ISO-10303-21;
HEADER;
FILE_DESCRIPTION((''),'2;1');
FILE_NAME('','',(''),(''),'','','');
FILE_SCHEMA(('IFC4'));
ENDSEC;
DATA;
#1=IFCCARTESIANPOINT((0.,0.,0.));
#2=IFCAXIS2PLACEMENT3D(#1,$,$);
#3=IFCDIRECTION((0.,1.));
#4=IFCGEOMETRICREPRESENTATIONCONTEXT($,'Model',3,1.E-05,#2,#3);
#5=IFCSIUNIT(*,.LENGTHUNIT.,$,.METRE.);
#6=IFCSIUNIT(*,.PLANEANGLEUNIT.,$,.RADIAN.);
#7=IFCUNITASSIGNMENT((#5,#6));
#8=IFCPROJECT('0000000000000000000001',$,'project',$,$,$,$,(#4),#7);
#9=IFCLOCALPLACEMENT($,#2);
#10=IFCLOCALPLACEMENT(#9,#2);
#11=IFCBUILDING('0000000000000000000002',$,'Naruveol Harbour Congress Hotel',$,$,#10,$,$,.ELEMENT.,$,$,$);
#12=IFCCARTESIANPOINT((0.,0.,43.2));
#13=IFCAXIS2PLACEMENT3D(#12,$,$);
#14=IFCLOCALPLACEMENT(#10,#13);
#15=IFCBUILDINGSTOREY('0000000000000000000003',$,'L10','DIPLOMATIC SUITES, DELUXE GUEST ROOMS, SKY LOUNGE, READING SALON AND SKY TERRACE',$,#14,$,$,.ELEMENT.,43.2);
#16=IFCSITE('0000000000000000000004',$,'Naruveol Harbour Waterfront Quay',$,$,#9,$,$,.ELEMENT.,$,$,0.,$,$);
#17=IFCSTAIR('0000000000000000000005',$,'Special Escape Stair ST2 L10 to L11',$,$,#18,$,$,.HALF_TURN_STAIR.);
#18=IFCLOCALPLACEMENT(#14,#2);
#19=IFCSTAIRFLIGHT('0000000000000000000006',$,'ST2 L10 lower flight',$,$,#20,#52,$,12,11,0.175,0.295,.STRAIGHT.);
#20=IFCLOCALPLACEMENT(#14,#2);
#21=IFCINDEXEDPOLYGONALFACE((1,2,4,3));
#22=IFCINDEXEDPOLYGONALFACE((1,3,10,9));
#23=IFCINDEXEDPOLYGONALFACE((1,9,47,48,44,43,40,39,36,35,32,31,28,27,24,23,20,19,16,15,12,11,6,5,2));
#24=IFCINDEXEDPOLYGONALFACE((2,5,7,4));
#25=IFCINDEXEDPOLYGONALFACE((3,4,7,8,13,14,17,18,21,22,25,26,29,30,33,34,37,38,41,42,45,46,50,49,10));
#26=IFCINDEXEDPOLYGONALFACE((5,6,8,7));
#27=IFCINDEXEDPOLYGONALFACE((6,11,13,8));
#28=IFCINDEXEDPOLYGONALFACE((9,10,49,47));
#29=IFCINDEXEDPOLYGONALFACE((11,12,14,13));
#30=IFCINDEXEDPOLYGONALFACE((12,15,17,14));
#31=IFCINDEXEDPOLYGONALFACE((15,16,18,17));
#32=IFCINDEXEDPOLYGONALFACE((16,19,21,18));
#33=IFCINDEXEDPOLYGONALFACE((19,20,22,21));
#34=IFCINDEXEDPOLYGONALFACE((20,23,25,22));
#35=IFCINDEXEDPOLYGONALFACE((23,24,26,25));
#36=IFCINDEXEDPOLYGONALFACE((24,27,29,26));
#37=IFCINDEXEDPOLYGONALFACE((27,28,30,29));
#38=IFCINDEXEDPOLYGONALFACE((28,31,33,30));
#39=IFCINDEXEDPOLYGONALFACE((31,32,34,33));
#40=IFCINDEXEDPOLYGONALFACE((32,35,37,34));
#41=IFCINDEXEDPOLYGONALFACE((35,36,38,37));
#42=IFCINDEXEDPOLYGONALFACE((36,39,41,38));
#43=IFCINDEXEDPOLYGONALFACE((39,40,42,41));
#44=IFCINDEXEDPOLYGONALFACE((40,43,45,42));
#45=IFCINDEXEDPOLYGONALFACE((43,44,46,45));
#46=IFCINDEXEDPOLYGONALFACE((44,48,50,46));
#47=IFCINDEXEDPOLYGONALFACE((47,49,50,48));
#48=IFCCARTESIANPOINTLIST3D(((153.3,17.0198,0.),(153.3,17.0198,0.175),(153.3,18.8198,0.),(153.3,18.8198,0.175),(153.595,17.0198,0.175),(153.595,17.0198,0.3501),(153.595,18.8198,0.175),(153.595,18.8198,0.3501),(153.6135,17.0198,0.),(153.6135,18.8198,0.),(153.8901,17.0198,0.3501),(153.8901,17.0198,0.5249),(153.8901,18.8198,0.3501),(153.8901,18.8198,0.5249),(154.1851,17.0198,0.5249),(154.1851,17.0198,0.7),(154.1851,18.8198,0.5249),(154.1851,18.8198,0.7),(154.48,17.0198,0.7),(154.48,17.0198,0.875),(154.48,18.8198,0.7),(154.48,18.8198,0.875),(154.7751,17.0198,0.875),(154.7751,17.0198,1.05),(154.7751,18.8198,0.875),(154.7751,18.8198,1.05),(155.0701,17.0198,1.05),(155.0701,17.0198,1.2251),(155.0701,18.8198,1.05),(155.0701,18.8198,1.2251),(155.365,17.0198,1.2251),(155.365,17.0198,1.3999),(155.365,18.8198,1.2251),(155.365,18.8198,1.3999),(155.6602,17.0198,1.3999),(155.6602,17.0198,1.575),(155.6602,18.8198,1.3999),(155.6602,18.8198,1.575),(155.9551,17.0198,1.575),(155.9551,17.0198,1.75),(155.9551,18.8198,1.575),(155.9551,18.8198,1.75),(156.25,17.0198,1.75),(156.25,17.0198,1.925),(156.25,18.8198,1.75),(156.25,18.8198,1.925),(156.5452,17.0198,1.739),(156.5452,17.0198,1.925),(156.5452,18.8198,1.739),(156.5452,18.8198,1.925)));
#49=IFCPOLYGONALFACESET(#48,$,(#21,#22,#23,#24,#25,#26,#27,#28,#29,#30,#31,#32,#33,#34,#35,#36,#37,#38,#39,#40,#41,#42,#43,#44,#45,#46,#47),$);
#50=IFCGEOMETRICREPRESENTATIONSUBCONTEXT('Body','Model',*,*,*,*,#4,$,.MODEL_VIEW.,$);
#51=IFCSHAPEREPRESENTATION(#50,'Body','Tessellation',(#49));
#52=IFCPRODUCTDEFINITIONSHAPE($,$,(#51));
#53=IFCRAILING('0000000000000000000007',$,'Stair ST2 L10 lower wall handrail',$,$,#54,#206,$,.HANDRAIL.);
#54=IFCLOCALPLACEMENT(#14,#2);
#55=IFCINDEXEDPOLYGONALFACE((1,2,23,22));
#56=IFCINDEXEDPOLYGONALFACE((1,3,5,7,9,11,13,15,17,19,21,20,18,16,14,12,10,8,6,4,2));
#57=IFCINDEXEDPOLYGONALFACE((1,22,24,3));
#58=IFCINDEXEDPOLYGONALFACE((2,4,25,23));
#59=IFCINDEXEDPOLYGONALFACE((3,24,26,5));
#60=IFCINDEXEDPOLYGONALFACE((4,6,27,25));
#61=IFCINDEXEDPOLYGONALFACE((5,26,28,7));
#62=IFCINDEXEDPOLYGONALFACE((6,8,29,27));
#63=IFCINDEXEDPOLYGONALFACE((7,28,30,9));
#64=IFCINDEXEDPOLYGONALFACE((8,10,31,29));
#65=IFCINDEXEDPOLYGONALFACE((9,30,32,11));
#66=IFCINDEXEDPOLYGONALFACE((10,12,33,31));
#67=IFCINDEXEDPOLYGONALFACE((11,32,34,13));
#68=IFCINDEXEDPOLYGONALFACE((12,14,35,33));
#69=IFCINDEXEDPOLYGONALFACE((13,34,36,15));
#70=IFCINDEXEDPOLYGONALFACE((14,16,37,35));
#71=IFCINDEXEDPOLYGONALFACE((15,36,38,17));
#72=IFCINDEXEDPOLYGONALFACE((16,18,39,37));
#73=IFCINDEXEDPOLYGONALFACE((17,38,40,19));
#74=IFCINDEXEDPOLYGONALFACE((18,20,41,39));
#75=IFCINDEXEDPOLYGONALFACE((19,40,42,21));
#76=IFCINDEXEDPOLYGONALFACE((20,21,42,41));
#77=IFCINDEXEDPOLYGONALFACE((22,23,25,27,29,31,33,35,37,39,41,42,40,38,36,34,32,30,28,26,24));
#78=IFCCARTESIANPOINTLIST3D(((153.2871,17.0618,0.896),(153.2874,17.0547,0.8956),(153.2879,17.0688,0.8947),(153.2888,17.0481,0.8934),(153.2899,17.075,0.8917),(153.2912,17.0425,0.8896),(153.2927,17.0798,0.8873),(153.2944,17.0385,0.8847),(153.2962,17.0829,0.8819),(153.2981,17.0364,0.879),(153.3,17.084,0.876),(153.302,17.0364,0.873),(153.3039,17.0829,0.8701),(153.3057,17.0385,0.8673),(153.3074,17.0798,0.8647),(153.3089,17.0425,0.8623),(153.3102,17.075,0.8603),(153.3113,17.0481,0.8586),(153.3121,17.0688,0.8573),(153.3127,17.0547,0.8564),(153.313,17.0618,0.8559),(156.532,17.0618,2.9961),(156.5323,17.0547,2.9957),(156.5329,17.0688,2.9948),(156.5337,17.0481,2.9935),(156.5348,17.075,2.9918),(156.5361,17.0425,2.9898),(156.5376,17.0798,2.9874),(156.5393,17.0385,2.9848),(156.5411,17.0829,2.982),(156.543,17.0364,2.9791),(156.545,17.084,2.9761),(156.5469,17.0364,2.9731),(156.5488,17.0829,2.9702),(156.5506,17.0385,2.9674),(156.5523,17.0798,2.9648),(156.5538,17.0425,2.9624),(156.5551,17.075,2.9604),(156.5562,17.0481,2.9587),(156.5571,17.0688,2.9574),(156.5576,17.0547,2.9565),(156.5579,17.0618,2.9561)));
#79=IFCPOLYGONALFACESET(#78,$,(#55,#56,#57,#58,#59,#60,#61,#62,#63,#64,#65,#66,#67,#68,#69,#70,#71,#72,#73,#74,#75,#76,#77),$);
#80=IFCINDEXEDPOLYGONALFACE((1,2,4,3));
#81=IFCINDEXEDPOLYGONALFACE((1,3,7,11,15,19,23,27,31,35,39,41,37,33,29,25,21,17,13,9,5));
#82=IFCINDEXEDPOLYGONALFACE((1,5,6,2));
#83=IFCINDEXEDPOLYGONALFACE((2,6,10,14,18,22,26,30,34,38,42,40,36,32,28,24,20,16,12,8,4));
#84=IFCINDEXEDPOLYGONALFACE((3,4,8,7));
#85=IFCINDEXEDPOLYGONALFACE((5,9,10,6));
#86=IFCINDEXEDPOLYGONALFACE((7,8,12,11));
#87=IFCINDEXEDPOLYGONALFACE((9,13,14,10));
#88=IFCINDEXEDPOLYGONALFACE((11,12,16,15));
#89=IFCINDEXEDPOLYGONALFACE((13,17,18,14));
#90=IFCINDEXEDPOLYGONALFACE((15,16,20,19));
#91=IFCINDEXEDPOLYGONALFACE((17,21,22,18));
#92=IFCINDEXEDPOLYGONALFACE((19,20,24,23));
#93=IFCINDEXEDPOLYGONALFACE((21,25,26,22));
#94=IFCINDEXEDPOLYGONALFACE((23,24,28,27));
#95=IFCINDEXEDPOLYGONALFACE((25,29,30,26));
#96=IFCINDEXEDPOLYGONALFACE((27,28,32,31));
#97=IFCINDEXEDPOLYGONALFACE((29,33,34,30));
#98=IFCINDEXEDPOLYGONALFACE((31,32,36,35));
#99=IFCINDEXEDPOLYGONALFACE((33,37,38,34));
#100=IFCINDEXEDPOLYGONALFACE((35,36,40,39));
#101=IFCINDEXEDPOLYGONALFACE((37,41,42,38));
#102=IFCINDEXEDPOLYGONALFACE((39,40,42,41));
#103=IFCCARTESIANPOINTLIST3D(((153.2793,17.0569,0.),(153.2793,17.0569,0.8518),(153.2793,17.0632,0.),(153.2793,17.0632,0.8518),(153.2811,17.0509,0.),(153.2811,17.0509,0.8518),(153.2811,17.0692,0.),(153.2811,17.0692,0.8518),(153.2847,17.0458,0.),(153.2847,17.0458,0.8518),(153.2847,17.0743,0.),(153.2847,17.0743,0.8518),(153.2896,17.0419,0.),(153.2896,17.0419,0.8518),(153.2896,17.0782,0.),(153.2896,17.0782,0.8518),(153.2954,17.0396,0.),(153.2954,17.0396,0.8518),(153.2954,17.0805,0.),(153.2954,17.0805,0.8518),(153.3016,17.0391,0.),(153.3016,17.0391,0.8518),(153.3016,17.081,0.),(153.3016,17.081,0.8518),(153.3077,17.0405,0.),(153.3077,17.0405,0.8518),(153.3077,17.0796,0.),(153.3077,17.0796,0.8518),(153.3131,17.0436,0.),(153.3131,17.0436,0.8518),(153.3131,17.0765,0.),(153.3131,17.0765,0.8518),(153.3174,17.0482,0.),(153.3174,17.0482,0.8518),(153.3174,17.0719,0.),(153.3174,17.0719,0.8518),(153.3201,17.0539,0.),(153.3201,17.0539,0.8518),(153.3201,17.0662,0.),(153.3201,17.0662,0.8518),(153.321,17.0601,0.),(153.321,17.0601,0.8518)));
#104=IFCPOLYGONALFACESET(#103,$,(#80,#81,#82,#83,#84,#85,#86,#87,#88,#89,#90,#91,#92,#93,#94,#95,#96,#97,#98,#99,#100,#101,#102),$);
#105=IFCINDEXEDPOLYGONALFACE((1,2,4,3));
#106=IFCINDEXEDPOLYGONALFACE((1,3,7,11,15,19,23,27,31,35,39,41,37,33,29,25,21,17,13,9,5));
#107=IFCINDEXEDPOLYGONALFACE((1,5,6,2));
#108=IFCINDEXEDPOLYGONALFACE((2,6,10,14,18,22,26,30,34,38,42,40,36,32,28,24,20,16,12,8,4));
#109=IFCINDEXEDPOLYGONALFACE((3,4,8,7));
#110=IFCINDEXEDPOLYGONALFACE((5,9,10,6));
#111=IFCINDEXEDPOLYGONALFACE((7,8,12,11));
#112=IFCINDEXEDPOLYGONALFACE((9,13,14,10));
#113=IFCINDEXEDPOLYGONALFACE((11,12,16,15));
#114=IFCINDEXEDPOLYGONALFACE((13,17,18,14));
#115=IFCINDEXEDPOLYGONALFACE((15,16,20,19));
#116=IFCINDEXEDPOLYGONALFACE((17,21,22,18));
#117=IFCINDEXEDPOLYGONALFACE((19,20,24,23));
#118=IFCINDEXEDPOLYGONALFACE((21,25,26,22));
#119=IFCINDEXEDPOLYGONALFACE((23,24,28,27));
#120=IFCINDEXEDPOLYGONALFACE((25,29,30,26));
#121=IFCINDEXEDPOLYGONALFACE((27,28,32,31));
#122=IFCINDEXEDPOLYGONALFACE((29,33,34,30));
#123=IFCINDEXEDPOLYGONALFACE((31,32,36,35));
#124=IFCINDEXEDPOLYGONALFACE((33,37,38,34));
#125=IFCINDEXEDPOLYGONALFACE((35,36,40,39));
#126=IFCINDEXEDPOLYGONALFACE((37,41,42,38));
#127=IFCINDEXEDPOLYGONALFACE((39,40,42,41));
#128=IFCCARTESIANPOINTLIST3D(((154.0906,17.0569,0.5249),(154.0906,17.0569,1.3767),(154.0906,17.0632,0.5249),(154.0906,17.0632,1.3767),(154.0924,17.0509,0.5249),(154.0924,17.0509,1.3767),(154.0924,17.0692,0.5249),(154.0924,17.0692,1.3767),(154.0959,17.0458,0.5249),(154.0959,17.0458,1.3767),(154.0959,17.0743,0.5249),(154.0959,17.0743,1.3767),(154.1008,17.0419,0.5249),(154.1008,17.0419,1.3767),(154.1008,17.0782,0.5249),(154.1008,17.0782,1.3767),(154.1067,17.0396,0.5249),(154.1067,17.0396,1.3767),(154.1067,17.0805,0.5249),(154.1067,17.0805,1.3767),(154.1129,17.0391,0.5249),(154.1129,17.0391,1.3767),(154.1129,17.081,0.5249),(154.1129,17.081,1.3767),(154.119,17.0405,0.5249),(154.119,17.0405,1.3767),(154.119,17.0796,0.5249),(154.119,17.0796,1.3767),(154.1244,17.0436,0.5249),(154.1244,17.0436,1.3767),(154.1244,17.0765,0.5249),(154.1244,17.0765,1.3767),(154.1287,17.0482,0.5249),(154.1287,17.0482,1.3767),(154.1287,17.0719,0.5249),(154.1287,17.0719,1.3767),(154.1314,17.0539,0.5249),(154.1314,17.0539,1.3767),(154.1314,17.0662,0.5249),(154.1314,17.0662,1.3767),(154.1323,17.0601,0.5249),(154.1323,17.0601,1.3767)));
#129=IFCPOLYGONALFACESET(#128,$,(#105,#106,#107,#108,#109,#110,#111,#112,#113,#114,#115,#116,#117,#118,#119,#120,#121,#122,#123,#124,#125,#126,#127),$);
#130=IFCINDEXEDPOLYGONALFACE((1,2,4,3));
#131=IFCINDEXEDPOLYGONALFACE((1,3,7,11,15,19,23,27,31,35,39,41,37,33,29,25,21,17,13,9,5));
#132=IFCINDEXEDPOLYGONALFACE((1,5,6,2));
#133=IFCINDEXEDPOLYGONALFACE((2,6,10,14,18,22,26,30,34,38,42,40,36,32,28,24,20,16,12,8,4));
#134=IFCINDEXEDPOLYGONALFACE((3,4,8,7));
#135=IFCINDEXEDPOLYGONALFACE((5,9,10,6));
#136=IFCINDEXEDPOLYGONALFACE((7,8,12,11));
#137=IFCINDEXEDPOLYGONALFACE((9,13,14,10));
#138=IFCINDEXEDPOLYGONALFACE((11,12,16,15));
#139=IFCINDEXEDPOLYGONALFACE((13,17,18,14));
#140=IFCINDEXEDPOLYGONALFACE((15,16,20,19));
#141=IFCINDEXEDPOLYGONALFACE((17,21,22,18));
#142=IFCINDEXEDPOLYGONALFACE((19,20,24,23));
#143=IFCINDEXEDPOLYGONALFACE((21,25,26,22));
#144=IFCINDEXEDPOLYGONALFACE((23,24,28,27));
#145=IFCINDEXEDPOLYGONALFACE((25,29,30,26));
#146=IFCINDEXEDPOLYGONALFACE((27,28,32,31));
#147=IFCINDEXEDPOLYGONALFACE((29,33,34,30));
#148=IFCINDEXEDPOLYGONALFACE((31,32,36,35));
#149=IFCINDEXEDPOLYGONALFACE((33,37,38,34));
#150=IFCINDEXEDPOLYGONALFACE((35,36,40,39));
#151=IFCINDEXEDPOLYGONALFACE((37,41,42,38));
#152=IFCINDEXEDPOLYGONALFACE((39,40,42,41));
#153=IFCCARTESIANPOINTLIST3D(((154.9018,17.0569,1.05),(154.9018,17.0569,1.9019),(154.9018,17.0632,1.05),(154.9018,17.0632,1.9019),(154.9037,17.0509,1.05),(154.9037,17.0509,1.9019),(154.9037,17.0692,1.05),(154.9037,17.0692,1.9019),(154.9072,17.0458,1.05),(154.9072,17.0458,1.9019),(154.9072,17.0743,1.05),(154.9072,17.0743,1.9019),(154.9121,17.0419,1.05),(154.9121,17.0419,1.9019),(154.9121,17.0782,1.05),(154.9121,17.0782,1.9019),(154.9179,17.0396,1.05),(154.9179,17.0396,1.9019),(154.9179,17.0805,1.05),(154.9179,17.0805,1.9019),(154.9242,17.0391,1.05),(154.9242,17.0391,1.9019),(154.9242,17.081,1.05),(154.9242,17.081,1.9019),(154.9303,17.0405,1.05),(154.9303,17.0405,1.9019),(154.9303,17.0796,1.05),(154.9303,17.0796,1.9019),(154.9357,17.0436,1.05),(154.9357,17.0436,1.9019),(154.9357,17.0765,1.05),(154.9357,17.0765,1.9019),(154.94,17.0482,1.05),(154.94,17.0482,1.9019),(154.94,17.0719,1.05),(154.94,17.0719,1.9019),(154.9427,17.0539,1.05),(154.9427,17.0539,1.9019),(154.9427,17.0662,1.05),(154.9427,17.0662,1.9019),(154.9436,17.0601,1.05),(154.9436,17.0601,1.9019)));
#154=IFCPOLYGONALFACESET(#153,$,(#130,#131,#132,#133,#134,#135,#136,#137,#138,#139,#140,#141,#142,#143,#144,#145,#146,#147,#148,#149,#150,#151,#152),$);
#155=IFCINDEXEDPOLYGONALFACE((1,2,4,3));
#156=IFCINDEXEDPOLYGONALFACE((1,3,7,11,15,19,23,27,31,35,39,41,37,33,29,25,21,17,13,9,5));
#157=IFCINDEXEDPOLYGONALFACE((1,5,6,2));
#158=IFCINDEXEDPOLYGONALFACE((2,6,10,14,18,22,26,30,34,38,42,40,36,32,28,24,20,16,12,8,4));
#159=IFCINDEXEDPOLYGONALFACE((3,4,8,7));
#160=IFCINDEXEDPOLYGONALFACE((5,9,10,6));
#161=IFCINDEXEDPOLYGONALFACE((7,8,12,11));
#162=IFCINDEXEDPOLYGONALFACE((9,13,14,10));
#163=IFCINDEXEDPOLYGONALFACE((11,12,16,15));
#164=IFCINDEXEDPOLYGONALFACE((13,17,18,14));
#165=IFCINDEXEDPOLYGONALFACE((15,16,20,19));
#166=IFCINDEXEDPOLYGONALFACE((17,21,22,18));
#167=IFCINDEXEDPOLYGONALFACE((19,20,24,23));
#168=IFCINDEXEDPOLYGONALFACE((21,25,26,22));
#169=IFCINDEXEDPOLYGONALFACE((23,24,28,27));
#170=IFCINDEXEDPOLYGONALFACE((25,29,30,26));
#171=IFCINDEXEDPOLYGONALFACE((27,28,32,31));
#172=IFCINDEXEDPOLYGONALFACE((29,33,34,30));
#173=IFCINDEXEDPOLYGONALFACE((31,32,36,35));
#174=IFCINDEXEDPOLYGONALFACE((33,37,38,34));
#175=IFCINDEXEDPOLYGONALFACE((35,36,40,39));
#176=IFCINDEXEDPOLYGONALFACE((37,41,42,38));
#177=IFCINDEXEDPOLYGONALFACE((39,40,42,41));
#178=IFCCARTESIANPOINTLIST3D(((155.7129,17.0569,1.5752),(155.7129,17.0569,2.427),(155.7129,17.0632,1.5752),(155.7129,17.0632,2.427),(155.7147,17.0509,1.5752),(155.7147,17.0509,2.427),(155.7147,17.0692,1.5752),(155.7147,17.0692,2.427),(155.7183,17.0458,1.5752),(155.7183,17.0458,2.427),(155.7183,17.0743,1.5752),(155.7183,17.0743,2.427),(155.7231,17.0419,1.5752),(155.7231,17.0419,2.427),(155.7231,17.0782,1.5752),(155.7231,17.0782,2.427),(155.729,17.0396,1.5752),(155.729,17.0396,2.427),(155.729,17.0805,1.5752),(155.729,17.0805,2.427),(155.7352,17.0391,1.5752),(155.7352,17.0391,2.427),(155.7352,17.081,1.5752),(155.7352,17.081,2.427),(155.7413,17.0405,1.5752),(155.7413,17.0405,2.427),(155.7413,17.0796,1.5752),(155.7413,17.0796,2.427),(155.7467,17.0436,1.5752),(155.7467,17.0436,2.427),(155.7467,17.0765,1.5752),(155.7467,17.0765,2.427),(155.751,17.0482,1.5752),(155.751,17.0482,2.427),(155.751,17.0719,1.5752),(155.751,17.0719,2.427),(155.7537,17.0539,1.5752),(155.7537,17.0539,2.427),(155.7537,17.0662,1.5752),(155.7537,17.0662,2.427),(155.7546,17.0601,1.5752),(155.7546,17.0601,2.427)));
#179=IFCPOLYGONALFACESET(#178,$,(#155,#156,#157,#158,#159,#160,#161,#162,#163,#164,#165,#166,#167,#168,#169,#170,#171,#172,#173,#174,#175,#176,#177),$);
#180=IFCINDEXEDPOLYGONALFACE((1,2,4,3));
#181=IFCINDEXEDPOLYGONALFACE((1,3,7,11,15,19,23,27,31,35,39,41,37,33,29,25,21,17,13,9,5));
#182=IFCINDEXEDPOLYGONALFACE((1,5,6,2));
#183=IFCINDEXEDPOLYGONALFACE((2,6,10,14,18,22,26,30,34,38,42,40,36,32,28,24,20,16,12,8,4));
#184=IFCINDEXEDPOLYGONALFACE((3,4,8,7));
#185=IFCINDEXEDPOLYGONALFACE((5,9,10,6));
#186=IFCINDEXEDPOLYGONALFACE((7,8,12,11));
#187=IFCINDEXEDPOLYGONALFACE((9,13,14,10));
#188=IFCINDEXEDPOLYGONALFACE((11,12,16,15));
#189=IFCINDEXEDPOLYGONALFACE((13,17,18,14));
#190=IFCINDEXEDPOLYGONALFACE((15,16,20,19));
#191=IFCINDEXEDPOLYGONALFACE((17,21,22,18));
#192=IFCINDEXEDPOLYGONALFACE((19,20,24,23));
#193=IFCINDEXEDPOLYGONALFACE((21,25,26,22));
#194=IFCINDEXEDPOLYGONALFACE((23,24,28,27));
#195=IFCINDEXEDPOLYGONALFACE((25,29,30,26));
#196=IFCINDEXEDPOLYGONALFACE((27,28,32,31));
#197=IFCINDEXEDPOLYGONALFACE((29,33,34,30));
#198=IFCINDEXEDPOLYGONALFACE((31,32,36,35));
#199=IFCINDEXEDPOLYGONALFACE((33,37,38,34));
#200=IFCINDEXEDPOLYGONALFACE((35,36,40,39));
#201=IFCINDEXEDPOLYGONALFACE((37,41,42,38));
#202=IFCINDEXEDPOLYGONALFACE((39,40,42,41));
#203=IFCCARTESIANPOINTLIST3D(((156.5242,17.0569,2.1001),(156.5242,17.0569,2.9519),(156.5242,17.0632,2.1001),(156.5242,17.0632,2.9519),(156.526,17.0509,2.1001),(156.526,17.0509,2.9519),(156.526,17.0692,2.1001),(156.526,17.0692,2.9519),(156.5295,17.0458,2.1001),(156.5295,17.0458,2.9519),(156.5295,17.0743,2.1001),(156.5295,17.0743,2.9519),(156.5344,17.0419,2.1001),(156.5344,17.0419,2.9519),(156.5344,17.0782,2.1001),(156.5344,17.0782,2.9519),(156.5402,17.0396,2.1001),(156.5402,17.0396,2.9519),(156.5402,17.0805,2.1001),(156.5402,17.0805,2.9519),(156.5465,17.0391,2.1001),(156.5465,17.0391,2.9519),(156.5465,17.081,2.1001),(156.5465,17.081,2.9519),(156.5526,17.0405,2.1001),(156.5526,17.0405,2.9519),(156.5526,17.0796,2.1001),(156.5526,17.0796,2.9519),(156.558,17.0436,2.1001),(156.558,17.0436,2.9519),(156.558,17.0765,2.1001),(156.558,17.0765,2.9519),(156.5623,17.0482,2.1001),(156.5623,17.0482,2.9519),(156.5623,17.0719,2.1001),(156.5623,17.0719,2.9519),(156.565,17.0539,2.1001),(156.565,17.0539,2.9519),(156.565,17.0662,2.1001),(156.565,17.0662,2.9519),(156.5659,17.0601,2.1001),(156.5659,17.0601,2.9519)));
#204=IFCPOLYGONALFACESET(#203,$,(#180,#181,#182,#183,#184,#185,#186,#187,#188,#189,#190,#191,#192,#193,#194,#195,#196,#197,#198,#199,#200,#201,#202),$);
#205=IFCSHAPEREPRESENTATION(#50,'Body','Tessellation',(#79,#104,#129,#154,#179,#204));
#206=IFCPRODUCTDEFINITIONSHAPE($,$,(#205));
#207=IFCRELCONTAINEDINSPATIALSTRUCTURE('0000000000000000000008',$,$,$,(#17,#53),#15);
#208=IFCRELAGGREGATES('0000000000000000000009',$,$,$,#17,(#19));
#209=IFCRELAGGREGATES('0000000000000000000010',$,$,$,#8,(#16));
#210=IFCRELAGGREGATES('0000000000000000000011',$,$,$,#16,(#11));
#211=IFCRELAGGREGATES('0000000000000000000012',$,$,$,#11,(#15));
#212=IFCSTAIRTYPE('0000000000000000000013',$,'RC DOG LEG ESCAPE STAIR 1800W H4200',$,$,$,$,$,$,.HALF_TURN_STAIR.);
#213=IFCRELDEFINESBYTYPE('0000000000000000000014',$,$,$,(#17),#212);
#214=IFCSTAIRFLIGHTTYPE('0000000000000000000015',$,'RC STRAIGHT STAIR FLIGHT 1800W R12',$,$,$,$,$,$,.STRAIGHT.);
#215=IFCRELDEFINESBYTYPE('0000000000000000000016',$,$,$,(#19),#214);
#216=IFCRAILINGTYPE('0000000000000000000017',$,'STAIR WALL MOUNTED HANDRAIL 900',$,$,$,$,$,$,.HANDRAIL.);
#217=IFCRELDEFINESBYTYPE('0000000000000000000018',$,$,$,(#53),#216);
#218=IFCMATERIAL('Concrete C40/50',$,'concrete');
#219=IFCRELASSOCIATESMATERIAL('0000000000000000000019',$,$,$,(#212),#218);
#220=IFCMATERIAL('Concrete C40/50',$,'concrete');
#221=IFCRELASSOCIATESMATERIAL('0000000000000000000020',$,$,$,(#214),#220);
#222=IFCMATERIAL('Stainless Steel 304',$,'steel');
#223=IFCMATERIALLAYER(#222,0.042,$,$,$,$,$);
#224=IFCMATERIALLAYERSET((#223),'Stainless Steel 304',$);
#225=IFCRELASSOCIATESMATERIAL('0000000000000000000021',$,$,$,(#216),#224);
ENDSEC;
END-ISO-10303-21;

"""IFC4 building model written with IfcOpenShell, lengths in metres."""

from ifc_helpers import new_model, si_unit, direction, frame, origin, origin_2d, place, context, subcontext, project, spatial, polyline, circle, outline, extrude, material, layer, layer_set, type_object, element, aggregate, save


model = new_model("IFC4")

# Units and contexts
model_context = context("Model", 3, precision=1e-05, world=origin(), true_north=direction((0.0, 1.0)))
body_context = subcontext(model_context, "Body", "Model", "MODEL_VIEW")
ifc_project = project(units=[si_unit("LENGTHUNIT", "METRE"), si_unit("PLANEANGLEUNIT", "RADIAN")], contexts=[model_context])

# Site, building, storey
site_placement = place(None, origin())
site = spatial("IfcSite", under=ifc_project, at=site_placement, Name="Naruveol Harbour Waterfront Quay", CompositionType="ELEMENT", RefElevation=0.0)
building_placement = place(site_placement, origin())
building = spatial("IfcBuilding", under=site, at=building_placement, Name="Naruveol Harbour Congress Hotel", CompositionType="ELEMENT")
storey_placement = place(building_placement, frame((0.0, 0.0, 43.2)))
storey = spatial("IfcBuildingStorey", under=building, at=storey_placement, Name="L10", Description="DIPLOMATIC SUITES, DELUXE GUEST ROOMS, SKY LOUNGE, READING SALON AND SKY TERRACE", CompositionType="ELEMENT", Elevation=43.2)

# Stair, stair flight
ifc_material_1 = material(Name="Concrete C40/50", Category="concrete")
stair_type = type_object("IfcStairType", Name="RC DOG LEG ESCAPE STAIR 1800W H4200", PredefinedType="HALF_TURN_STAIR", material=ifc_material_1)
stair_placement = place(storey_placement, origin())
stair = element("IfcStair", 1, at=stair_placement, inside=storey, type_object=stair_type, Name="Special Escape Stair ST2 L10 to L11", PredefinedType="HALF_TURN_STAIR")
ifc_material_2 = material(Name="Concrete C40/50", Category="concrete")
stair_flight_type = type_object("IfcStairFlightType", Name="RC STRAIGHT STAIR FLIGHT 1800W R12", PredefinedType="STRAIGHT", material=ifc_material_2)
stair_flight_placement = place(storey_placement, frame((153.3, 17.9199, 0.0), z_axis=(0.0, 0.0, 1.0), x_axis=(1.0, 0.0, 0.0)))
stair_flight = element("IfcStairFlight", 2, at=stair_flight_placement, type_object=stair_flight_type, Name="ST2 L10 lower flight", NumberOfRisers=12, NumberOfTreads=11, PredefinedType="STRAIGHT", RiserHeight=0.175, TreadLength=0.295, context=body_context, shape_type="SweptSolid", body=[
    extrude(outline(polyline([(0.0, 0.0), (0.0, 0.175), (0.2949, 0.175), (0.2949, 0.3501), (0.5901, 0.3501), (0.5901, 0.5249), (0.885, 0.5249), (0.885, 0.7), (1.1799, 0.7), (1.1799, 0.875), (1.4751, 0.875), (1.4751, 1.05), (1.77, 1.05), (1.77, 1.2251), (2.0649, 1.2251), (2.0649, 1.3999), (2.3601, 1.3999), (2.3601, 1.575), (2.655, 1.575), (2.655, 1.75), (2.95, 1.75), (2.95, 1.925), (3.2451, 1.925), (3.2451, 2.1001), (3.2451, 1.739), (0.3135, 0.0), (0.0, 0.0)])), frame((0.0, 0.8999, 0.0), z_axis=(0.0, -1.0, 0.0), x_axis=(1.0, 0.0, 0.0)), (0.0, 0.0, 1.0), 1.8),
])
aggregate(stair, [stair_flight])

# Railing
ifc_material_3 = material(Name="Stainless Steel 304", Category="steel")
ifc_layer_1 = layer(ifc_material_3, 0.042)
ifc_layer_set_1 = layer_set([ifc_layer_1], Name="Stainless Steel 304")
railing_type_1 = type_object("IfcRailingType", Name="STAIR WALL MOUNTED HANDRAIL 900", PredefinedType="HANDRAIL", material=ifc_layer_set_1)
railing_1_placement = place(storey_placement, frame((153.3, 17.0601, 0.0)))
element("IfcRailing", 3, at=railing_1_placement, inside=storey, type_object=railing_type_1, Name="Stair ST2 L10 lower wall handrail", PredefinedType="HANDRAIL", context=body_context, shape_type="SweptSolid", body=[
    extrude(circle(Radius=0.0239, at=origin_2d()), frame((0.0, 0.0, 0.876), z_axis=(0.839514, 0.0, 0.543338), x_axis=(0.0, 1.0, 0.0)), (0.0, 0.0, 1.0), 3.8652),
    extrude(circle(Radius=0.021, at=origin_2d()), origin(), (0.0, 0.0, 1.0), 0.8518),
    extrude(circle(Radius=0.021, at=origin_2d()), frame((0.8113, 0.0, 0.5249)), (0.0, 0.0, 1.0), 0.8518),
    extrude(circle(Radius=0.021, at=origin_2d()), frame((1.6226, 0.0, 1.05)), (0.0, 0.0, 1.0), 0.8518),
    extrude(circle(Radius=0.021, at=origin_2d()), frame((2.4336, 0.0, 1.5752)), (0.0, 0.0, 1.0), 0.8518),
    extrude(circle(Radius=0.021, at=origin_2d()), frame((3.2449, 0.0, 2.1001)), (0.0, 0.0, 1.0), 0.8518),
])

save(model, "model.ifc")
